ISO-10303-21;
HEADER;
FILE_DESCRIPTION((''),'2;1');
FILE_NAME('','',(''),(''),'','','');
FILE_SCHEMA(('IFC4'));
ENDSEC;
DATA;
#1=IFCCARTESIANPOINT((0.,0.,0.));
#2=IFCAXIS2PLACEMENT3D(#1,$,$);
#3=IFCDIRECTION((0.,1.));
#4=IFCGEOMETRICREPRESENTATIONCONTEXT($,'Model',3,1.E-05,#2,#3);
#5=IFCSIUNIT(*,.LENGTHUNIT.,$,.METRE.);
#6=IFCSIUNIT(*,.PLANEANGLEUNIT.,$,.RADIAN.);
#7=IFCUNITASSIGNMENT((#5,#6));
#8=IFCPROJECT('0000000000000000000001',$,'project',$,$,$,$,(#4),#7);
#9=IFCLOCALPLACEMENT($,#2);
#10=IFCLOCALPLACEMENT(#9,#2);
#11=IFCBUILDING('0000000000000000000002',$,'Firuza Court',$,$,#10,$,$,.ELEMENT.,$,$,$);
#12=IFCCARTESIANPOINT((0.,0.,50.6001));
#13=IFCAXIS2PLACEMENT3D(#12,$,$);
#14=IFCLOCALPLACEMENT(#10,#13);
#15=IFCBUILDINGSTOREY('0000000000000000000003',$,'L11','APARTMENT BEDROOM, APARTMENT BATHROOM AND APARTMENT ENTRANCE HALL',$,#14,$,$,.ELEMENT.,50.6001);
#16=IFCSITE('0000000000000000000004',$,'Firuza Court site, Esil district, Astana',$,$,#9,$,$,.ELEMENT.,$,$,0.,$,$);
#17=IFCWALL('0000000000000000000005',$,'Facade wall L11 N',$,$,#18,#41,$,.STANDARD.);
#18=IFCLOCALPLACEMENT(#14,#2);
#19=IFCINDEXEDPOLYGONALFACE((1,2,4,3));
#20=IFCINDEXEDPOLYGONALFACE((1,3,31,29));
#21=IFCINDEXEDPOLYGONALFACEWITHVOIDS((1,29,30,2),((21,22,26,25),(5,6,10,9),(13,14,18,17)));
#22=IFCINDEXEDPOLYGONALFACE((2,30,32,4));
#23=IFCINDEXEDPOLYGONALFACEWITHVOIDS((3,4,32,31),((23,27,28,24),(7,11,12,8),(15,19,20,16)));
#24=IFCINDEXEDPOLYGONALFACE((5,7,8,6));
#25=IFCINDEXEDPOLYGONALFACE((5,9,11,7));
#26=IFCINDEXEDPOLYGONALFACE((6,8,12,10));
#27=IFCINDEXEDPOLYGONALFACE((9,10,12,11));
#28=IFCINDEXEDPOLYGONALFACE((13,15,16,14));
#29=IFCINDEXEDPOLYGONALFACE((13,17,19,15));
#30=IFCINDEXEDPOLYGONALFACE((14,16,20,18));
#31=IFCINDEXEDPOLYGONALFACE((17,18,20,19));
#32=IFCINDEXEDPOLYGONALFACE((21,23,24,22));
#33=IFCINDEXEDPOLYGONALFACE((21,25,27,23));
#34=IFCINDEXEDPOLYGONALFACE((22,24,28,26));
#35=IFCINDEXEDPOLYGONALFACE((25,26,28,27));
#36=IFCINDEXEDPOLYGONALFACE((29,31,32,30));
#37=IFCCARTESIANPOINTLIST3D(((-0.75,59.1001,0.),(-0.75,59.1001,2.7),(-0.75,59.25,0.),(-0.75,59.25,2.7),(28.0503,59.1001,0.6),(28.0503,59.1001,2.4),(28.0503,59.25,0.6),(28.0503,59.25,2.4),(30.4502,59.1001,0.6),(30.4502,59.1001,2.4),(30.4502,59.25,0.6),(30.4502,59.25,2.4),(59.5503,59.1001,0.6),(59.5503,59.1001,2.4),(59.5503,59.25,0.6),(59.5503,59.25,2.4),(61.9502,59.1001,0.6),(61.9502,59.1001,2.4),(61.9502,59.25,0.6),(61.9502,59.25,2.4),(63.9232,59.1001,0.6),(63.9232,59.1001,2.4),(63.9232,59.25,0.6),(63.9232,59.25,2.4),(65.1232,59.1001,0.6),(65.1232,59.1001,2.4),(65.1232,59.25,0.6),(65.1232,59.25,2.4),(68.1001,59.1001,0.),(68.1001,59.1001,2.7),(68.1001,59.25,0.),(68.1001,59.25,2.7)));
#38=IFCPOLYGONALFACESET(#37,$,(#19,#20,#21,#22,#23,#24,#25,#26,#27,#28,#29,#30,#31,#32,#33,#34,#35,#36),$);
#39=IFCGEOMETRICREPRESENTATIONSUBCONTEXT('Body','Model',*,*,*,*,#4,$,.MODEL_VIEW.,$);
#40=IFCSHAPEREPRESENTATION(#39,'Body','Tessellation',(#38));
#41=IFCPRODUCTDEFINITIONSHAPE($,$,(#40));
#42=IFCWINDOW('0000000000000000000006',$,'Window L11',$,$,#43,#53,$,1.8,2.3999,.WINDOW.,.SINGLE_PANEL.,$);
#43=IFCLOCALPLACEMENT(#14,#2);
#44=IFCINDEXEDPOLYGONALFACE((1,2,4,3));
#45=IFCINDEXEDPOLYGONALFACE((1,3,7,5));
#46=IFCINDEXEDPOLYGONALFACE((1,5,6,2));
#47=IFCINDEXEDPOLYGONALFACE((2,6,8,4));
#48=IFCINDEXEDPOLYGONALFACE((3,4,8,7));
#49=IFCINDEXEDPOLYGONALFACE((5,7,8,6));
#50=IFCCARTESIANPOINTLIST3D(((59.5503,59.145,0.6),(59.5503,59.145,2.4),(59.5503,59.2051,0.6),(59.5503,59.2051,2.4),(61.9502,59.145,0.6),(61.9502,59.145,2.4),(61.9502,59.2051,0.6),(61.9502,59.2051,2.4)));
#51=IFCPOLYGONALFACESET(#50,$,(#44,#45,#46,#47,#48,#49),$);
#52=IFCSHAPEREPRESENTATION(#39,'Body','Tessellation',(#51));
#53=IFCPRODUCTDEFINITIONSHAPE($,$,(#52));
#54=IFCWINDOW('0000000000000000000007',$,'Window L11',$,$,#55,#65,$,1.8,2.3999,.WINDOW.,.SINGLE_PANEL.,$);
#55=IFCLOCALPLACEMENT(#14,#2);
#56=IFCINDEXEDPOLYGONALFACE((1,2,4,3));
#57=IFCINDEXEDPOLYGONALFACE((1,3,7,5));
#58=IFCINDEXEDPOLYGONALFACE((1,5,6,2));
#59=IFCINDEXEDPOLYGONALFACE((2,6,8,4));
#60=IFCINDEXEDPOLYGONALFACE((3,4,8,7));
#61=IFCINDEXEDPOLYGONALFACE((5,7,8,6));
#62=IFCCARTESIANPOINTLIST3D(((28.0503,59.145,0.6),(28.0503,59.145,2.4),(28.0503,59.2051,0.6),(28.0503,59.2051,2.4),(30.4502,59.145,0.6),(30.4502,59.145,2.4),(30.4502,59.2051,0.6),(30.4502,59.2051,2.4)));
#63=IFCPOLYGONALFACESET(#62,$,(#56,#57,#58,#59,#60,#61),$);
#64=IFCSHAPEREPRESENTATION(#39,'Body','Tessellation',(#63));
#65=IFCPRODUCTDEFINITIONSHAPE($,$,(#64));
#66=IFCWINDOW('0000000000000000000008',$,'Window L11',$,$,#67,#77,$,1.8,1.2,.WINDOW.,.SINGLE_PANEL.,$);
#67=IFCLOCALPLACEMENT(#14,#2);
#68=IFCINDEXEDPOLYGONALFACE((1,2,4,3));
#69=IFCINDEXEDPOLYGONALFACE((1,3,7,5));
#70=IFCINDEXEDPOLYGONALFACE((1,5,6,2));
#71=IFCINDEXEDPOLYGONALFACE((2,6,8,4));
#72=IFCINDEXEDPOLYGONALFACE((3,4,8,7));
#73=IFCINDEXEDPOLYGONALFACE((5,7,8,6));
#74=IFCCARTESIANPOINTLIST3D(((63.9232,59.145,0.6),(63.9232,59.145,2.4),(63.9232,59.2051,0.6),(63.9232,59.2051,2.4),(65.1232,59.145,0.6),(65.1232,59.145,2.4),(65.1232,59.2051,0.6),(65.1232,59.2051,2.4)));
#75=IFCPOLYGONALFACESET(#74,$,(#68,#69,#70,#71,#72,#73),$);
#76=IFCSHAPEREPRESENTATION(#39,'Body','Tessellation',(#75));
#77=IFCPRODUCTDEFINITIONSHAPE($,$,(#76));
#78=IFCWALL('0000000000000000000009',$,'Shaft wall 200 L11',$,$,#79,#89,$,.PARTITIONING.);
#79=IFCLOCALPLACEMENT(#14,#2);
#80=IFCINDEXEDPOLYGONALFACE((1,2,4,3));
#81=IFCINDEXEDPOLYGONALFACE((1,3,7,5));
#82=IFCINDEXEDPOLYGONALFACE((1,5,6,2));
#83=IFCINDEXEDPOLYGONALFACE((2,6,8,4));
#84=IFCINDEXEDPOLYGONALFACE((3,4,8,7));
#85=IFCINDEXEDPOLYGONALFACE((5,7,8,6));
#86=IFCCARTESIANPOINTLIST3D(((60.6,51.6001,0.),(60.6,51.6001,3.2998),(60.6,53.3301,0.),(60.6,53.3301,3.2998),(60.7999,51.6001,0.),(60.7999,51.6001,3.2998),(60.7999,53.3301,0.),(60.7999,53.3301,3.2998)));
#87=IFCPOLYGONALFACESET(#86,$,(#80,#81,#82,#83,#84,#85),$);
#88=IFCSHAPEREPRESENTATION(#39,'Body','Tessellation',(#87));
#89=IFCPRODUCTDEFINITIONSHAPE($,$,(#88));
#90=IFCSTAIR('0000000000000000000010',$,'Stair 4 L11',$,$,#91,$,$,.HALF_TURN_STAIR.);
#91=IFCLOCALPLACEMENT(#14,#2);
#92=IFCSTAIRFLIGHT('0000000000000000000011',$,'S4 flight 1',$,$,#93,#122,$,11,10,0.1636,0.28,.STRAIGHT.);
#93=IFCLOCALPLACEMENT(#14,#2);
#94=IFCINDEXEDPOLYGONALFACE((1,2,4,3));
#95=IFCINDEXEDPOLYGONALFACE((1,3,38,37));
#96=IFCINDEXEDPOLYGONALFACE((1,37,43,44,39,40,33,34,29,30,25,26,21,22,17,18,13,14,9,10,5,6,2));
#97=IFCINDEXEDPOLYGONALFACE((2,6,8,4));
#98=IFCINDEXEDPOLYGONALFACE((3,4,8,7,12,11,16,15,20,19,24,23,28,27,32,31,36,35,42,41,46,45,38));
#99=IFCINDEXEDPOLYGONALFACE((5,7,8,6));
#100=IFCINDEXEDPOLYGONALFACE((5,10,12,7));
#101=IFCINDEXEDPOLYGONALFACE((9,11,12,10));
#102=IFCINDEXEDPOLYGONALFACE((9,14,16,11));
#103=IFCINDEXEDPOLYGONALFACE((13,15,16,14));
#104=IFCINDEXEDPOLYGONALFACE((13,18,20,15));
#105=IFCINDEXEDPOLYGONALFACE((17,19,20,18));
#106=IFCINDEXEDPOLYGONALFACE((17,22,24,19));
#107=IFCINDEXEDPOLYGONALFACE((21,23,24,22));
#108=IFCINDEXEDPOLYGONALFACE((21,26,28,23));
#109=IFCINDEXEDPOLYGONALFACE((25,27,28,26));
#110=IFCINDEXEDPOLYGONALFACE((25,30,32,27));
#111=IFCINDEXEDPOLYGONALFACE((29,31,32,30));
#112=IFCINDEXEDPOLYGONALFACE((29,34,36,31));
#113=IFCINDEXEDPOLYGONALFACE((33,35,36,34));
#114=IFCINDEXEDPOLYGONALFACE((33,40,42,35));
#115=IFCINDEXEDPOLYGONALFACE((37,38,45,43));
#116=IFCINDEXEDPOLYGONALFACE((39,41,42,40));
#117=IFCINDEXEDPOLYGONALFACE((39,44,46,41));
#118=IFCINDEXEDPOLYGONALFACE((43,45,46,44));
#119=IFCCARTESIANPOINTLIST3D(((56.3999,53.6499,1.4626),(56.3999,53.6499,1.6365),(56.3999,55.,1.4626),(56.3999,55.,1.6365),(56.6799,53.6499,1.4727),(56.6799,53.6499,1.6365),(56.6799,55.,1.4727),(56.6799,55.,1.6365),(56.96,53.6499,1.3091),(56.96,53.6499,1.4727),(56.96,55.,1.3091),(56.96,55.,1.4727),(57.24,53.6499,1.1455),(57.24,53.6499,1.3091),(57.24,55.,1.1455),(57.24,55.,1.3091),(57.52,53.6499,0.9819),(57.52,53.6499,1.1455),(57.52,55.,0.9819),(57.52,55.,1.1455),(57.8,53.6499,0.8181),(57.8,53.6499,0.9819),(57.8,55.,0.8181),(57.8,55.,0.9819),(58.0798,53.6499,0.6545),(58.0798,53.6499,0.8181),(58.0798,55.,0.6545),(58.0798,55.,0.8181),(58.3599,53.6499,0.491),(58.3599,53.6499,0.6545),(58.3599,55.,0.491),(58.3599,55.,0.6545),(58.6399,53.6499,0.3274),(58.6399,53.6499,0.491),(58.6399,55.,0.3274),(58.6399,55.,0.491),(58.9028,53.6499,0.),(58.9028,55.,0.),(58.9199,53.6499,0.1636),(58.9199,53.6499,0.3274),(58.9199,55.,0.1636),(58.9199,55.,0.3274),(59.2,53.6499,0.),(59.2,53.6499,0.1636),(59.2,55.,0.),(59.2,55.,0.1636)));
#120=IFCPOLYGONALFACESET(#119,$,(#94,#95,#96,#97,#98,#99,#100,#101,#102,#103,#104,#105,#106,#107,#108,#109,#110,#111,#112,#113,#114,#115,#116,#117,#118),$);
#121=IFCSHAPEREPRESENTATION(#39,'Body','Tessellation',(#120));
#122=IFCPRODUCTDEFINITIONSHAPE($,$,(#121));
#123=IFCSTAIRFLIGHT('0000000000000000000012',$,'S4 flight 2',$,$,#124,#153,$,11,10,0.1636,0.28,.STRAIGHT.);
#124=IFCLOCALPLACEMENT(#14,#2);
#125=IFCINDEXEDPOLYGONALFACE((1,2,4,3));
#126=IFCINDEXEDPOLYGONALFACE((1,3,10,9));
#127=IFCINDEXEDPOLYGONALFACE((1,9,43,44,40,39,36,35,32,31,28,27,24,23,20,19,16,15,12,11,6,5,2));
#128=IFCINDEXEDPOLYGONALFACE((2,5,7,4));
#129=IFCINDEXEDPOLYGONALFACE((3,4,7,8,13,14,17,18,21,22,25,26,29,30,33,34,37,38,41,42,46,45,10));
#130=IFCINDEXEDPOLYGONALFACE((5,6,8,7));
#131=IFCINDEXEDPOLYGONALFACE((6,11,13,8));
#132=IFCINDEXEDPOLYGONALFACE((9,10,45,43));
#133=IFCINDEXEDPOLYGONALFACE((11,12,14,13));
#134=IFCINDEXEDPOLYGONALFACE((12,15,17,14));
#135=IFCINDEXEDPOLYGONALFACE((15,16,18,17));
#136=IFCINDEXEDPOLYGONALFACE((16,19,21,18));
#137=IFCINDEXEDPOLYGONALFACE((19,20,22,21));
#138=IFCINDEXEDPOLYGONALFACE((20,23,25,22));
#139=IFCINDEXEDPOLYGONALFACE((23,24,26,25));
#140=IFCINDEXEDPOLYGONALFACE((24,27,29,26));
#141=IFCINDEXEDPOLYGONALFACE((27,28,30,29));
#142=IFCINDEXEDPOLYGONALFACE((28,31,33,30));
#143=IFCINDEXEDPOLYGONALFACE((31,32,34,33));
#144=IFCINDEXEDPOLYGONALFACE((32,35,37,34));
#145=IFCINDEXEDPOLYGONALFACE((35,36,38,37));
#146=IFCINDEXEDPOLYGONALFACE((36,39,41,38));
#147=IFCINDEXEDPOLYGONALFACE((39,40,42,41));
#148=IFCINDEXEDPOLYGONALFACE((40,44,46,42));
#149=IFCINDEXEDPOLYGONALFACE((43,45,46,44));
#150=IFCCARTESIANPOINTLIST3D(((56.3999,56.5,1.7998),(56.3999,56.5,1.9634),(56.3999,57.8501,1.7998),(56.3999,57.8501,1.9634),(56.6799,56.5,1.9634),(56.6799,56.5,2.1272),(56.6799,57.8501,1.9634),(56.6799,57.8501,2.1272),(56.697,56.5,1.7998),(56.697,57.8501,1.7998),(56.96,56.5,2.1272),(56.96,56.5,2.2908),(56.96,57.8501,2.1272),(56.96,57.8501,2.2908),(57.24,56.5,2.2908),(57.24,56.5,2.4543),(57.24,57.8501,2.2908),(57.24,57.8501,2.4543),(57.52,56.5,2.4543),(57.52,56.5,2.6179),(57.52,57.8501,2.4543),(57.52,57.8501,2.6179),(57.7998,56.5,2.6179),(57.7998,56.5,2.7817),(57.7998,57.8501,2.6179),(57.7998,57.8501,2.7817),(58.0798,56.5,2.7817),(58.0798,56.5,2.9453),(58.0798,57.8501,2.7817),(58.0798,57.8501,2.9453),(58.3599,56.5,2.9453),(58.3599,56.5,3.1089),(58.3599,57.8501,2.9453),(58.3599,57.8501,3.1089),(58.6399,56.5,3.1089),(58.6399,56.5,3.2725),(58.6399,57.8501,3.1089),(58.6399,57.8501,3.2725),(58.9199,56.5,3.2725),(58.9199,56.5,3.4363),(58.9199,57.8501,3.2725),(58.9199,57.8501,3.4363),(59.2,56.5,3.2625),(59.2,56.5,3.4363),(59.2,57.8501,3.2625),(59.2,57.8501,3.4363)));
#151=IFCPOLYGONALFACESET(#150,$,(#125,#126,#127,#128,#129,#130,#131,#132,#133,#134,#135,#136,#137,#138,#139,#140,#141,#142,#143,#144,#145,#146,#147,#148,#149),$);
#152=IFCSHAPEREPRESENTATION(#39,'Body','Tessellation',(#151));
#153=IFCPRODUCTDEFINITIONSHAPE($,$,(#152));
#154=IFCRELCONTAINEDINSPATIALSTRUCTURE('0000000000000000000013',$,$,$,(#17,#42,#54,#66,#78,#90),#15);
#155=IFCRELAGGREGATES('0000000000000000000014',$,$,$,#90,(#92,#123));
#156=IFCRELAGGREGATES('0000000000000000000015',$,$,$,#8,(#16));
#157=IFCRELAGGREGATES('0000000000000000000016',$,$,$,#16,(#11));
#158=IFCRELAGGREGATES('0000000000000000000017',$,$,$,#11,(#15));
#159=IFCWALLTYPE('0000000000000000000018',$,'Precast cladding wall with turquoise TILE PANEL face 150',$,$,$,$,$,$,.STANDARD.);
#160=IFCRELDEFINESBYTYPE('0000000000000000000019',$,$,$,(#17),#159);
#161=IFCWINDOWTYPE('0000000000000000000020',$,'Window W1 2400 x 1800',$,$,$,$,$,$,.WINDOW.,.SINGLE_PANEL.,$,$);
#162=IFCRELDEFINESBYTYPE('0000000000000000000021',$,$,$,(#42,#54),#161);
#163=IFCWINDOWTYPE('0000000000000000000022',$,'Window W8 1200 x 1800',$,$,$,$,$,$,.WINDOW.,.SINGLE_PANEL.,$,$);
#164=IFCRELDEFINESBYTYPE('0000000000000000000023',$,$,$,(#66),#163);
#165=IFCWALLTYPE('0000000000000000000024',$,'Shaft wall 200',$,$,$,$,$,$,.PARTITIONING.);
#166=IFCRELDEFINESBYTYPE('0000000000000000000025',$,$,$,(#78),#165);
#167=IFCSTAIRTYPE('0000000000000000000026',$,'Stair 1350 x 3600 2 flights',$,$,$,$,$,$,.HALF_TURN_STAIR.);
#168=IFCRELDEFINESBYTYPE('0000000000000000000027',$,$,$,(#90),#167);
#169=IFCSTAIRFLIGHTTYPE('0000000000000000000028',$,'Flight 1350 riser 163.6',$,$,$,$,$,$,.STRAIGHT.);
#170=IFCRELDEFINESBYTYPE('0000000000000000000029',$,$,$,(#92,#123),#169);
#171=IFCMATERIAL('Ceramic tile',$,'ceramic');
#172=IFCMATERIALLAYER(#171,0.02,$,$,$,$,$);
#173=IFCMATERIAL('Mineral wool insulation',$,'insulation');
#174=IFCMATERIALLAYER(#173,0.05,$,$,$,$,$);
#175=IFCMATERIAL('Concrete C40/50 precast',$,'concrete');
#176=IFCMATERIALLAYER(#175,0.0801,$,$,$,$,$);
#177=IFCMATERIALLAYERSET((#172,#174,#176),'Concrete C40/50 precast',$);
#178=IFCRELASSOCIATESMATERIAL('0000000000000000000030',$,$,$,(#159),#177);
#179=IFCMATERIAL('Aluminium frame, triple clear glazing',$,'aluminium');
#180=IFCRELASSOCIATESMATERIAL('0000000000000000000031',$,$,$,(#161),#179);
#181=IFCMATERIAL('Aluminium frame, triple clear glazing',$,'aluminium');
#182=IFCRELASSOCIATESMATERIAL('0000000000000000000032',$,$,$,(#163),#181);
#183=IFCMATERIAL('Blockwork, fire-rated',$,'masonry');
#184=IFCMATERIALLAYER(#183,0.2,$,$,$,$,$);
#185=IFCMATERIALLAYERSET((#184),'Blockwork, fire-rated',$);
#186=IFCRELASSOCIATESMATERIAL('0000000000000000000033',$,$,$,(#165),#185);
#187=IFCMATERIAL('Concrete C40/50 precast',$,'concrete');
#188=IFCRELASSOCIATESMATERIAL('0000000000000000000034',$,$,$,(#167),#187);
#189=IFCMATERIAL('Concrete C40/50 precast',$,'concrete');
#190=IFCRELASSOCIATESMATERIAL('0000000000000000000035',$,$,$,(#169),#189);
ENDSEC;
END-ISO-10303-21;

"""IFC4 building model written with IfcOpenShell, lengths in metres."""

from ifc_helpers import new_model, si_unit, direction, frame, frame_2d, origin, place, context, subcontext, project, spatial, polyline, rectangle, outline, extrude, material, layer, layer_set, type_object, element, fill, aggregate, save


model = new_model("IFC4")

# Units and contexts
model_context = context("Model", 3, precision=1e-05, world=origin(), true_north=direction((0.0, 1.0)))
body_context = subcontext(model_context, "Body", "Model", "MODEL_VIEW")
ifc_project = project(units=[si_unit("LENGTHUNIT", "METRE"), si_unit("PLANEANGLEUNIT", "RADIAN")], contexts=[model_context])

# Site, building, storey
site_placement = place(None, origin())
site = spatial("IfcSite", under=ifc_project, at=site_placement, Name="Firuza Court site, Esil district, Astana", CompositionType="ELEMENT", RefElevation=0.0)
building_placement = place(site_placement, origin())
building = spatial("IfcBuilding", under=site, at=building_placement, Name="Firuza Court", CompositionType="ELEMENT")
storey_placement = place(building_placement, frame((0.0, 0.0, 50.6001)))
storey = spatial("IfcBuildingStorey", under=building, at=storey_placement, Name="L11", Description="APARTMENT BEDROOM, APARTMENT BATHROOM AND APARTMENT ENTRANCE HALL", CompositionType="ELEMENT", Elevation=50.6001)

# Wall, openings, windows
ifc_material_1 = material(Name="Ceramic tile", Category="ceramic")
ifc_layer_1 = layer(ifc_material_1, 0.02)
ifc_material_2 = material(Name="Mineral wool insulation", Category="insulation")
ifc_layer_2 = layer(ifc_material_2, 0.05)
ifc_material_3 = material(Name="Concrete C40/50 precast", Category="concrete")
ifc_layer_3 = layer(ifc_material_3, 0.0801)
ifc_layer_set_1 = layer_set([ifc_layer_1, ifc_layer_2, ifc_layer_3], Name="Concrete C40/50 precast")
wall_type_1 = type_object("IfcWallType", Name="Precast cladding wall with turquoise TILE PANEL face 150", PredefinedType="STANDARD", material=ifc_layer_set_1)
wall_1_placement = place(storey_placement, frame((68.1001, 59.175, 0.0), z_axis=(0.0, 0.0, 1.0), x_axis=(-1.0, 0.0, 0.0)))
wall_1 = element("IfcWall", 1, at=wall_1_placement, inside=storey, type_object=wall_type_1, Name="Facade wall L11 N", PredefinedType="STANDARD", context=body_context, shape_type="SweptSolid", body=[
    extrude(rectangle(XDim=68.8501, YDim=0.1499, at=frame_2d((34.425, 0.0))), origin(), (0.0, 0.0, 1.0), 2.7),
])
opening_1_placement = place(wall_1_placement, frame((2.9768, 0.0, 0.6001)))
opening_1 = element("IfcOpeningElement", 2, at=opening_1_placement, cuts=wall_1, PredefinedType="OPENING", context=body_context, shape_type="SweptSolid", body=[
    extrude(rectangle(XDim=1.2, YDim=1.8, at=frame_2d((0.6001, 0.8999))), frame((0.0, 0.0869, 0.0), z_axis=(0.0, -1.0, 0.0), x_axis=(1.0, 0.0, 0.0)), (0.0, 0.0, 1.0), 0.1738),
])
opening_2_placement = place(wall_1_placement, frame((6.1499, 0.0, 0.6001)))
opening_2 = element("IfcOpeningElement", 3, at=opening_2_placement, cuts=wall_1, PredefinedType="OPENING", context=body_context, shape_type="SweptSolid", body=[
    extrude(rectangle(XDim=2.3999, YDim=1.8, at=frame_2d((1.2, 0.8999))), frame((0.0, 0.0869, 0.0), z_axis=(0.0, -1.0, 0.0), x_axis=(1.0, 0.0, 0.0)), (0.0, 0.0, 1.0), 0.1738),
])
opening_3_placement = place(wall_1_placement, frame((37.6499, 0.0, 0.6001)))
opening_3 = element("IfcOpeningElement", 4, at=opening_3_placement, cuts=wall_1, PredefinedType="OPENING", context=body_context, shape_type="SweptSolid", body=[
    extrude(rectangle(XDim=2.3999, YDim=1.8, at=frame_2d((1.2, 0.8999))), frame((0.0, 0.0869, 0.0), z_axis=(0.0, -1.0, 0.0), x_axis=(1.0, 0.0, 0.0)), (0.0, 0.0, 1.0), 0.1738),
])
ifc_material_4 = material(Name="Aluminium frame, triple clear glazing", Category="aluminium")
window_type_1 = type_object("IfcWindowType", Name="Window W1 2400 x 1800", PartitioningType="SINGLE_PANEL", PredefinedType="WINDOW", material=ifc_material_4)
window_1_placement = place(opening_2_placement, origin())
window_1 = element("IfcWindow", 5, at=window_1_placement, inside=storey, type_object=window_type_1, Name="Window L11", OverallHeight=1.8, OverallWidth=2.3999, PartitioningType="SINGLE_PANEL", PredefinedType="WINDOW", context=body_context, shape_type="SweptSolid", body=[
    extrude(rectangle(XDim=2.3999, YDim=1.8, at=frame_2d((1.2, 0.8999))), frame((0.0, 0.03, 0.0), z_axis=(0.0, -1.0, 0.0), x_axis=(1.0, 0.0, 0.0)), (0.0, 0.0, 1.0), 0.0601),
])
fill(opening_2, window_1)
window_2_placement = place(opening_3_placement, origin())
window_2 = element("IfcWindow", 6, at=window_2_placement, inside=storey, type_object=window_type_1, Name="Window L11", OverallHeight=1.8, OverallWidth=2.3999, PartitioningType="SINGLE_PANEL", PredefinedType="WINDOW", context=body_context, shape_type="SweptSolid", body=[
    extrude(rectangle(XDim=2.3999, YDim=1.8, at=frame_2d((1.2, 0.8999))), frame((0.0, 0.03, 0.0), z_axis=(0.0, -1.0, 0.0), x_axis=(1.0, 0.0, 0.0)), (0.0, 0.0, 1.0), 0.0601),
])
fill(opening_3, window_2)
ifc_material_5 = material(Name="Aluminium frame, triple clear glazing", Category="aluminium")
window_type_2 = type_object("IfcWindowType", Name="Window W8 1200 x 1800", PartitioningType="SINGLE_PANEL", PredefinedType="WINDOW", material=ifc_material_5)
window_3_placement = place(opening_1_placement, origin())
window_3 = element("IfcWindow", 7, at=window_3_placement, inside=storey, type_object=window_type_2, Name="Window L11", OverallHeight=1.8, OverallWidth=1.2, PartitioningType="SINGLE_PANEL", PredefinedType="WINDOW", context=body_context, shape_type="SweptSolid", body=[
    extrude(rectangle(XDim=1.2, YDim=1.8, at=frame_2d((0.6001, 0.8999))), frame((0.0, 0.03, 0.0), z_axis=(0.0, -1.0, 0.0), x_axis=(1.0, 0.0, 0.0)), (0.0, 0.0, 1.0), 0.0601),
])
fill(opening_1, window_3)

# Wall
ifc_material_6 = material(Name="Blockwork, fire-rated", Category="masonry")
ifc_layer_4 = layer(ifc_material_6, 0.2)
ifc_layer_set_2 = layer_set([ifc_layer_4], Name="Blockwork, fire-rated")
wall_type_2 = type_object("IfcWallType", Name="Shaft wall 200", PredefinedType="PARTITIONING", material=ifc_layer_set_2)
wall_2_placement = place(storey_placement, frame((60.7, 51.6001, 0.0), z_axis=(0.0, 0.0, 1.0), x_axis=(0.0, 1.0, 0.0)))
element("IfcWall", 8, at=wall_2_placement, inside=storey, type_object=wall_type_2, Name="Shaft wall 200 L11", PredefinedType="PARTITIONING", context=body_context, shape_type="SweptSolid", body=[
    extrude(rectangle(XDim=1.73, YDim=0.2, at=frame_2d((0.865, 0.0))), origin(), (0.0, 0.0, 1.0), 3.2998),
])

# Stair, stair flights
ifc_material_7 = material(Name="Concrete C40/50 precast", Category="concrete")
stair_type = type_object("IfcStairType", Name="Stair 1350 x 3600 2 flights", PredefinedType="HALF_TURN_STAIR", material=ifc_material_7)
stair_placement = place(storey_placement, origin())
stair = element("IfcStair", 9, at=stair_placement, inside=storey, type_object=stair_type, Name="Stair 4 L11", PredefinedType="HALF_TURN_STAIR")
ifc_material_8 = material(Name="Concrete C40/50 precast", Category="concrete")
stair_flight_type = type_object("IfcStairFlightType", Name="Flight 1350 riser 163.6", PredefinedType="STRAIGHT", material=ifc_material_8)
stair_flight_1_placement = place(storey_placement, frame((59.2, 54.325, 0.0), z_axis=(0.0, 0.0, 1.0), x_axis=(-1.0, 0.0, 0.0)))
stair_flight_1 = element("IfcStairFlight", 10, at=stair_flight_1_placement, type_object=stair_flight_type, Name="S4 flight 1", NumberOfRisers=11, NumberOfTreads=10, PredefinedType="STRAIGHT", RiserHeight=0.1636, TreadLength=0.28, context=body_context, shape_type="SweptSolid", body=[
    extrude(outline(polyline([(0.0, 0.0), (0.0, 0.1636), (0.28, 0.1636), (0.28, 0.3274), (0.5601, 0.3274), (0.5601, 0.491), (0.8401, 0.491), (0.8401, 0.6545), (1.1201, 0.6545), (1.1201, 0.8181), (1.3999, 0.8181), (1.3999, 0.9819), (1.6799, 0.9819), (1.6799, 1.1455), (1.96, 1.1455), (1.96, 1.3091), (2.24, 1.3091), (2.24, 1.4727), (2.52, 1.4727), (2.52, 1.6365), (2.8, 1.6365), (2.8, 1.8), (2.8, 1.4626), (0.2971, 0.0), (0.0, 0.0)])), frame((0.0, 0.675, 0.0), z_axis=(0.0, -1.0, 0.0), x_axis=(1.0, 0.0, 0.0)), (0.0, 0.0, 1.0), 1.3501),
])
stair_flight_2_placement = place(storey_placement, frame((56.3999, 57.175, 1.7998), z_axis=(0.0, 0.0, 1.0), x_axis=(1.0, 0.0, 0.0)))
stair_flight_2 = element("IfcStairFlight", 11, at=stair_flight_2_placement, type_object=stair_flight_type, Name="S4 flight 2", NumberOfRisers=11, NumberOfTreads=10, PredefinedType="STRAIGHT", RiserHeight=0.1636, TreadLength=0.28, context=body_context, shape_type="SweptSolid", body=[
    extrude(outline(polyline([(0.0, 0.0), (0.0, 0.1636), (0.28, 0.1636), (0.28, 0.3274), (0.5601, 0.3274), (0.5601, 0.491), (0.8401, 0.491), (0.8401, 0.6545), (1.1201, 0.6545), (1.1201, 0.8181), (1.3999, 0.8181), (1.3999, 0.9819), (1.6799, 0.9819), (1.6799, 1.1455), (1.96, 1.1455), (1.96, 1.3091), (2.24, 1.3091), (2.24, 1.4727), (2.52, 1.4727), (2.52, 1.6365), (2.8, 1.6365), (2.8, 1.8), (2.8, 1.4626), (0.2971, 0.0), (0.0, 0.0)])), frame((0.0, 0.675, 0.0), z_axis=(0.0, -1.0, 0.0), x_axis=(1.0, 0.0, 0.0)), (0.0, 0.0, 1.0), 1.3501),
])
aggregate(stair, [stair_flight_1, stair_flight_2])

save(model, "model.ifc")
